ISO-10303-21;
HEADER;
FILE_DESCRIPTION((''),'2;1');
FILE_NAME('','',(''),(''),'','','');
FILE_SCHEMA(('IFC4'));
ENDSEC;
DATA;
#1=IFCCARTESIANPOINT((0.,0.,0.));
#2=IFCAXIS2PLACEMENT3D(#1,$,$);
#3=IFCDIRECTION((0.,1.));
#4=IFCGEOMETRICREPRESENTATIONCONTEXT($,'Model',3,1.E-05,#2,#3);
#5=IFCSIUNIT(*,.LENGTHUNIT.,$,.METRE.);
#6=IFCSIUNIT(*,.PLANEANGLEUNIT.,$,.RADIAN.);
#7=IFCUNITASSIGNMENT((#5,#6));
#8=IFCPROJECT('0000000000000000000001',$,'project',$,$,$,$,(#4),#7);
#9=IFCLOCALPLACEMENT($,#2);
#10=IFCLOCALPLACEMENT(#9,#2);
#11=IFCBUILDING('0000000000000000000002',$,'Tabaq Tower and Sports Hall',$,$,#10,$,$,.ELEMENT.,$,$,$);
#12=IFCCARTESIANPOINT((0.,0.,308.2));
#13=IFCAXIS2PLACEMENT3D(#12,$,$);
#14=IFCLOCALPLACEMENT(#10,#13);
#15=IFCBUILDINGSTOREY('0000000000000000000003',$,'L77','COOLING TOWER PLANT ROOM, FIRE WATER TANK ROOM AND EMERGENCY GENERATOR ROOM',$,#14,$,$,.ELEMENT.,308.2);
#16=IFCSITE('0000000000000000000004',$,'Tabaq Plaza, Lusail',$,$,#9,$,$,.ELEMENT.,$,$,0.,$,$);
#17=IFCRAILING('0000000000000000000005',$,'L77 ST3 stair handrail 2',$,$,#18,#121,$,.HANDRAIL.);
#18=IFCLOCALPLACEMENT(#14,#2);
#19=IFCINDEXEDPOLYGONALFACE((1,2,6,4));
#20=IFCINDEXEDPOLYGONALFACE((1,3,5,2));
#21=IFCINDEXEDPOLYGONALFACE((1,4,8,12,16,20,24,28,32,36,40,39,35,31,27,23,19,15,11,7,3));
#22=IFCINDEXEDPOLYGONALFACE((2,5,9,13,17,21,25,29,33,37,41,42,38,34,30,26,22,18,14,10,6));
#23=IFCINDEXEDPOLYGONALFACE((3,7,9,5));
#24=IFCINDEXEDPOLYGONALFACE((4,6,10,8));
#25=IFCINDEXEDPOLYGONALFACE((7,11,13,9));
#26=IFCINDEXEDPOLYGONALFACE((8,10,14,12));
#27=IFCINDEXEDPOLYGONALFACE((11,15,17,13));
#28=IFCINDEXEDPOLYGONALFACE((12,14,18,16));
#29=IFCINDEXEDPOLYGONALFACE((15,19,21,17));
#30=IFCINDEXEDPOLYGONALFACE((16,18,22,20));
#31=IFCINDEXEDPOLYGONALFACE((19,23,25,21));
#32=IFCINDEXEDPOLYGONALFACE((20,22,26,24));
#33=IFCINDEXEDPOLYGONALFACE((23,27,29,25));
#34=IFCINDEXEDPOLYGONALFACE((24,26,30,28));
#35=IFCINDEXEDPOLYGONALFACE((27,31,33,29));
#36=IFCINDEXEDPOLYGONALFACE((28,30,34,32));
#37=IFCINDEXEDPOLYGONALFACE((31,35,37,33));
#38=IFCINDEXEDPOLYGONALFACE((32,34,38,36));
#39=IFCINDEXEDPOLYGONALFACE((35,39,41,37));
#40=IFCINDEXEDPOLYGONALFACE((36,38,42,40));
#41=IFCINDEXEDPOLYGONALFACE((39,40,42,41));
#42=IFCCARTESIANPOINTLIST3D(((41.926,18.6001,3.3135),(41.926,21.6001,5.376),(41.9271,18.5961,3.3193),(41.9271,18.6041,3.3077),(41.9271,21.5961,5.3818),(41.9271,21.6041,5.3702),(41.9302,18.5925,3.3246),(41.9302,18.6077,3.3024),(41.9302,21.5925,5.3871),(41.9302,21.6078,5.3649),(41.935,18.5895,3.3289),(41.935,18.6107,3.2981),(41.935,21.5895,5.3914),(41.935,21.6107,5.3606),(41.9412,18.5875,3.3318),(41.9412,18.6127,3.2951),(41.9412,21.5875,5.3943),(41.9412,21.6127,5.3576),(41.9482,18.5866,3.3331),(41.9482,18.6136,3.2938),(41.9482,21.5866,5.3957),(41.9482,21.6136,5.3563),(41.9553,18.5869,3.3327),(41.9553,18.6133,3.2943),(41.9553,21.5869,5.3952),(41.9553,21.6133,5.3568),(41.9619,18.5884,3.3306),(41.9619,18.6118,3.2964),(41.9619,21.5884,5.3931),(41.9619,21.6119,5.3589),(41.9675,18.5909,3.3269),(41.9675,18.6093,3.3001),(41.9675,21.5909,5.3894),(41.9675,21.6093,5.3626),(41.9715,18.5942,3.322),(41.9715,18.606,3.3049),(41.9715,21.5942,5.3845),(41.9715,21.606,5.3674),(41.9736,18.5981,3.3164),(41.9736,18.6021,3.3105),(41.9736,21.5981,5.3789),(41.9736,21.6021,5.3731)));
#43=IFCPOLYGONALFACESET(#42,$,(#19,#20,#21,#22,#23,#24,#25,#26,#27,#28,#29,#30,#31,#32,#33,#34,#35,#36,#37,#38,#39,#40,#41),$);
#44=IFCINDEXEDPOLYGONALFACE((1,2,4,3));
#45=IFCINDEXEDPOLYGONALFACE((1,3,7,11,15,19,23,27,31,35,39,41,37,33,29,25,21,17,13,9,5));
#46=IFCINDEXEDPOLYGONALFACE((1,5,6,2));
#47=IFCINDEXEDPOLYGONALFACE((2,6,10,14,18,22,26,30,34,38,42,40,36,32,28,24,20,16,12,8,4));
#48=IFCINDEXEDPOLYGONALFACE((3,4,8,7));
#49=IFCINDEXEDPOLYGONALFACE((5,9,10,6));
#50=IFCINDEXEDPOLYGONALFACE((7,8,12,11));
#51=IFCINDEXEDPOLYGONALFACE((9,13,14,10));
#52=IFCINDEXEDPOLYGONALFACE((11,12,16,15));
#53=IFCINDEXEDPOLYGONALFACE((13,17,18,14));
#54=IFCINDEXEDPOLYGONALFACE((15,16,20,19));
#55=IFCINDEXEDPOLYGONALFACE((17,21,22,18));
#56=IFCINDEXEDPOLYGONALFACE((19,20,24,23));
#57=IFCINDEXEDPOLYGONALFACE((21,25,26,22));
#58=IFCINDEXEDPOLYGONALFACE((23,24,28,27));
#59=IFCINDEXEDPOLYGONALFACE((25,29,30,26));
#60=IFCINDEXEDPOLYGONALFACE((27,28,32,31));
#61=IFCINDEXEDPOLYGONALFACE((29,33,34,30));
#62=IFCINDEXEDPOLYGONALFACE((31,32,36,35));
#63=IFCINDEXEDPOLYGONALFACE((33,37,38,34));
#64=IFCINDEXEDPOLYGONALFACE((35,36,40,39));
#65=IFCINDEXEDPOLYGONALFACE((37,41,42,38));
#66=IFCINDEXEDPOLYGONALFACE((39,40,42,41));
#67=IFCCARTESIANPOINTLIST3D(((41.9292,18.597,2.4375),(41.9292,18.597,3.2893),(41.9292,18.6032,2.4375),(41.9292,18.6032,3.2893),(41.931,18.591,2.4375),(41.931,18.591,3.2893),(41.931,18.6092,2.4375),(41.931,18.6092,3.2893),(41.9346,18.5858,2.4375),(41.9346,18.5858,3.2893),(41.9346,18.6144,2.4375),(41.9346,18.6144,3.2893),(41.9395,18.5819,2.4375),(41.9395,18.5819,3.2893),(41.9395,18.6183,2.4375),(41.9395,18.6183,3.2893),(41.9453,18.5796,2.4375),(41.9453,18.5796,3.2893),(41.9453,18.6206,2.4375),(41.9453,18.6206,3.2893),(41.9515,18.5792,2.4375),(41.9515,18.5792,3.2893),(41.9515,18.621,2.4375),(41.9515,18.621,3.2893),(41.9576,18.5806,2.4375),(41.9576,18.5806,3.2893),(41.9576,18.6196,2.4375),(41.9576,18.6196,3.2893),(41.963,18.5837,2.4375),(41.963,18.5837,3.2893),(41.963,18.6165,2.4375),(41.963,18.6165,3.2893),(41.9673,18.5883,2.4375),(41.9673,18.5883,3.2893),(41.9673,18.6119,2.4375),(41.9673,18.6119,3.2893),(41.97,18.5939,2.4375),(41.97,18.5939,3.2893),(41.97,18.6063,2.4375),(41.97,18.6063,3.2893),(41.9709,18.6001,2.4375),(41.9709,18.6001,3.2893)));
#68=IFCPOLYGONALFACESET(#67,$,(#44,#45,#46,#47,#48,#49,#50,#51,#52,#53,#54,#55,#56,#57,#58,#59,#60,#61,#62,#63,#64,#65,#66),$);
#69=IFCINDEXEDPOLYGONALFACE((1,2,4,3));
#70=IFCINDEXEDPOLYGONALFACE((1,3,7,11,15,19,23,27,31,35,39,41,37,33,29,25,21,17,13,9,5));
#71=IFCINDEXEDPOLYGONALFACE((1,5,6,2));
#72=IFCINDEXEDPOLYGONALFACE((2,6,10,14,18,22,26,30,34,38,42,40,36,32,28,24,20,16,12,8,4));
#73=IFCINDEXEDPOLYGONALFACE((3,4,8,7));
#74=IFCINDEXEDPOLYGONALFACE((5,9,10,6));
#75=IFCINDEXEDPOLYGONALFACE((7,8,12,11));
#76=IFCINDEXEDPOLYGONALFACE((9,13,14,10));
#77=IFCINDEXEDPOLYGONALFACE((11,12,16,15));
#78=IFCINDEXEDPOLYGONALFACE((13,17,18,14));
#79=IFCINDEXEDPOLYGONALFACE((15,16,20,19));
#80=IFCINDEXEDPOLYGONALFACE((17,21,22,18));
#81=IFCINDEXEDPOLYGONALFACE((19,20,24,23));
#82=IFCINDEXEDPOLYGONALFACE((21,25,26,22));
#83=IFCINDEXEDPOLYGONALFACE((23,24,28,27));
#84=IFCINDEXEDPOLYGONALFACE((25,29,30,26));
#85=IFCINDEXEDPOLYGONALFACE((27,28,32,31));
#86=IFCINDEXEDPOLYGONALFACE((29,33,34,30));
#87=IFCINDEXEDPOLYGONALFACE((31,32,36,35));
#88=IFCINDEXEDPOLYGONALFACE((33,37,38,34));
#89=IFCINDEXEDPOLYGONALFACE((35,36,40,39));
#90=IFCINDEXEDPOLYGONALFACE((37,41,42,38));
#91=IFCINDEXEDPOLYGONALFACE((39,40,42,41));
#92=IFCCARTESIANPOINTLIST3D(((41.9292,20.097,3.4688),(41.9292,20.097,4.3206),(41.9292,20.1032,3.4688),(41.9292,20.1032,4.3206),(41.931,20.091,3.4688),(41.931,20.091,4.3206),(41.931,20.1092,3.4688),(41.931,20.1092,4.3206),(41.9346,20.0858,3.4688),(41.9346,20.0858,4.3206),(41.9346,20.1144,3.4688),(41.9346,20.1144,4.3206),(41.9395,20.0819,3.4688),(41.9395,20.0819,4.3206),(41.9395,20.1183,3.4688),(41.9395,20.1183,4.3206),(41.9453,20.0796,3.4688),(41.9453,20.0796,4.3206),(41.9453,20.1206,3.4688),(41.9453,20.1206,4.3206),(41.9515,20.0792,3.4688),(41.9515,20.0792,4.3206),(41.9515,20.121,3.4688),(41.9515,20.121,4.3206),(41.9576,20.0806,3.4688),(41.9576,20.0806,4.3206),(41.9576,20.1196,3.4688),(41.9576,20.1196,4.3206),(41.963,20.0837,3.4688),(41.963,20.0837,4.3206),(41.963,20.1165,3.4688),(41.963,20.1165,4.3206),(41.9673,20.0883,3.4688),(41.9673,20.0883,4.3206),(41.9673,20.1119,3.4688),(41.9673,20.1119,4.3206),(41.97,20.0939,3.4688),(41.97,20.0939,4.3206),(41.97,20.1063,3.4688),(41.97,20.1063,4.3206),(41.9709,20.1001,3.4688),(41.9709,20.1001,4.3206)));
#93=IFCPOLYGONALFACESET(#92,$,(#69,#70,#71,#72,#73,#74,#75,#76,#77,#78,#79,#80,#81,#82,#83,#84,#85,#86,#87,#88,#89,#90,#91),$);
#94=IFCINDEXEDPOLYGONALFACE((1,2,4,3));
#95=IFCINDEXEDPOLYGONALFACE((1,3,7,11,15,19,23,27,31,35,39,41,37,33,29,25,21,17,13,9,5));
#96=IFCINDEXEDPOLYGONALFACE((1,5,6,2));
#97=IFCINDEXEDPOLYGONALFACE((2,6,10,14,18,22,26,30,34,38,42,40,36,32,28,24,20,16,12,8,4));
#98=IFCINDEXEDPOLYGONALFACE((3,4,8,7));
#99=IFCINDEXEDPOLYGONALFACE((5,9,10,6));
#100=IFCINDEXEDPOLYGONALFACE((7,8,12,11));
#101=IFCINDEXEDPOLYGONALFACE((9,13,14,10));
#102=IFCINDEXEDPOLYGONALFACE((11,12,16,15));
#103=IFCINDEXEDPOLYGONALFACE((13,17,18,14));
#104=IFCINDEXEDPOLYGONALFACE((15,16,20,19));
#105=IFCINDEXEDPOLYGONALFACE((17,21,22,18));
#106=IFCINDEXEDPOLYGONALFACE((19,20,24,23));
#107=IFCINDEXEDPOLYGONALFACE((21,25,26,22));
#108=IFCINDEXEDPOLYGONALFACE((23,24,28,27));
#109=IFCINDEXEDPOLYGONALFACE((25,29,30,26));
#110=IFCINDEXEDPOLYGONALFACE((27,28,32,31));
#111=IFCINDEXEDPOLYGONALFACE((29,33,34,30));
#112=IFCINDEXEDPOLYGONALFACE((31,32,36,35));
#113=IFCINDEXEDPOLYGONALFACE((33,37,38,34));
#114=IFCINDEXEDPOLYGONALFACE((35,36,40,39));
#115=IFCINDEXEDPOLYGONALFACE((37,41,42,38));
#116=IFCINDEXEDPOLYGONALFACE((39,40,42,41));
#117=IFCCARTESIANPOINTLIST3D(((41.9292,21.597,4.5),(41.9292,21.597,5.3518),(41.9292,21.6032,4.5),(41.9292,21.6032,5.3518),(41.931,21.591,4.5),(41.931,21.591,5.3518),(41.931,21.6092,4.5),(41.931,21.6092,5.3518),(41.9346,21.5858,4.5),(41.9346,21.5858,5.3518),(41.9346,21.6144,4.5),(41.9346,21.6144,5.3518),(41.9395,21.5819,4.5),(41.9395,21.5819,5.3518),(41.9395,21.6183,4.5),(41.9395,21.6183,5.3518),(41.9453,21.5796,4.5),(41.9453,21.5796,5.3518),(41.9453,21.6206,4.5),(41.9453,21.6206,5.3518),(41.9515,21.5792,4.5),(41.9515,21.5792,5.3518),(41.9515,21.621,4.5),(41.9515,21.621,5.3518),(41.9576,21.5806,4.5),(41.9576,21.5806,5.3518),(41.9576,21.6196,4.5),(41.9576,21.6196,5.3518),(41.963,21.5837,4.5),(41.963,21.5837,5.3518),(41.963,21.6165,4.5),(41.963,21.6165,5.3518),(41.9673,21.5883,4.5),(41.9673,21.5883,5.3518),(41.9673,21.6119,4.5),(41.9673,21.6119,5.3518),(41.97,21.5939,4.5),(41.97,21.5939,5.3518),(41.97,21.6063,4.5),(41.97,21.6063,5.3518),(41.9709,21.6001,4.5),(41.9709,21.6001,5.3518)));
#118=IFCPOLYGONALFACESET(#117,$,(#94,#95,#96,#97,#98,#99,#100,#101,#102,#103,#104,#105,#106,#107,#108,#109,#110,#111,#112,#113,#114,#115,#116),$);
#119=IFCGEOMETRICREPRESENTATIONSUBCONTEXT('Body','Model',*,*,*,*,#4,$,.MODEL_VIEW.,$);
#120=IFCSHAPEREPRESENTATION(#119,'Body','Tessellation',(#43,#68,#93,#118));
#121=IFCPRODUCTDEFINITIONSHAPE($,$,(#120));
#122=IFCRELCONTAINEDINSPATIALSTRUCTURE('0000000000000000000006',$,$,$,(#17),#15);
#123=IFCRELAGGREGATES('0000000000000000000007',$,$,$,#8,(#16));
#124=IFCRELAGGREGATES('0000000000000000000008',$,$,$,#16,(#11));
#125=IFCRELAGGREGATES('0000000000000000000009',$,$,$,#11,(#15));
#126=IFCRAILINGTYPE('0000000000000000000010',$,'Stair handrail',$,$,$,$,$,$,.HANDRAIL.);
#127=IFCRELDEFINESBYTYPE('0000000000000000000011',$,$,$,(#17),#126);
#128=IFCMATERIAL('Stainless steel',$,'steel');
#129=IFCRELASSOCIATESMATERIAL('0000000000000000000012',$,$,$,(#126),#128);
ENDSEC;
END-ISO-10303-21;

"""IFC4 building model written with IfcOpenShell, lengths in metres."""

from ifc_helpers import new_model, si_unit, direction, frame, origin, origin_2d, place, context, subcontext, project, spatial, circle, extrude, material, type_object, element, save


model = new_model("IFC4")

# Units and contexts
model_context = context("Model", 3, precision=1e-05, world=origin(), true_north=direction((0.0, 1.0)))
body_context = subcontext(model_context, "Body", "Model", "MODEL_VIEW")
ifc_project = project(units=[si_unit("LENGTHUNIT", "METRE"), si_unit("PLANEANGLEUNIT", "RADIAN")], contexts=[model_context])

# Site, building, storey
site_placement = place(None, origin())
site = spatial("IfcSite", under=ifc_project, at=site_placement, Name="Tabaq Plaza, Lusail", CompositionType="ELEMENT", RefElevation=0.0)
building_placement = place(site_placement, origin())
building = spatial("IfcBuilding", under=site, at=building_placement, Name="Tabaq Tower and Sports Hall", CompositionType="ELEMENT")
storey_placement = place(building_placement, frame((0.0, 0.0, 308.2)))
storey = spatial("IfcBuildingStorey", under=building, at=storey_placement, Name="L77", Description="COOLING TOWER PLANT ROOM, FIRE WATER TANK ROOM AND EMERGENCY GENERATOR ROOM", CompositionType="ELEMENT", Elevation=308.2)

# Railing
ifc_material_1 = material(Name="Stainless steel", Category="steel")
railing_type = type_object("IfcRailingType", Name="Stair handrail", PredefinedType="HANDRAIL", material=ifc_material_1)
railing_1_placement = place(storey_placement, frame((41.95, 18.6001, 2.4375)))
element("IfcRailing", 1, at=railing_1_placement, inside=storey, type_object=railing_type, Name="L77 ST3 stair handrail 2", PredefinedType="HANDRAIL", context=body_context, shape_type="SweptSolid", body=[
    extrude(circle(Radius=0.0239, at=origin_2d()), frame((0.0, 0.0, 0.876), z_axis=(0.0, 0.824042, 0.566529), x_axis=(-1.0, 0.0, 0.0)), (0.0, 0.0, 1.0), 3.6406),
    extrude(circle(Radius=0.021, at=origin_2d()), origin(), (0.0, 0.0, 1.0), 0.8518),
    extrude(circle(Radius=0.021, at=origin_2d()), frame((0.0, 1.5, 1.0312)), (0.0, 0.0, 1.0), 0.8518),
    extrude(circle(Radius=0.021, at=origin_2d()), frame((0.0, 3.0, 2.0625)), (0.0, 0.0, 1.0), 0.8518),
])

save(model, "model.ifc")
